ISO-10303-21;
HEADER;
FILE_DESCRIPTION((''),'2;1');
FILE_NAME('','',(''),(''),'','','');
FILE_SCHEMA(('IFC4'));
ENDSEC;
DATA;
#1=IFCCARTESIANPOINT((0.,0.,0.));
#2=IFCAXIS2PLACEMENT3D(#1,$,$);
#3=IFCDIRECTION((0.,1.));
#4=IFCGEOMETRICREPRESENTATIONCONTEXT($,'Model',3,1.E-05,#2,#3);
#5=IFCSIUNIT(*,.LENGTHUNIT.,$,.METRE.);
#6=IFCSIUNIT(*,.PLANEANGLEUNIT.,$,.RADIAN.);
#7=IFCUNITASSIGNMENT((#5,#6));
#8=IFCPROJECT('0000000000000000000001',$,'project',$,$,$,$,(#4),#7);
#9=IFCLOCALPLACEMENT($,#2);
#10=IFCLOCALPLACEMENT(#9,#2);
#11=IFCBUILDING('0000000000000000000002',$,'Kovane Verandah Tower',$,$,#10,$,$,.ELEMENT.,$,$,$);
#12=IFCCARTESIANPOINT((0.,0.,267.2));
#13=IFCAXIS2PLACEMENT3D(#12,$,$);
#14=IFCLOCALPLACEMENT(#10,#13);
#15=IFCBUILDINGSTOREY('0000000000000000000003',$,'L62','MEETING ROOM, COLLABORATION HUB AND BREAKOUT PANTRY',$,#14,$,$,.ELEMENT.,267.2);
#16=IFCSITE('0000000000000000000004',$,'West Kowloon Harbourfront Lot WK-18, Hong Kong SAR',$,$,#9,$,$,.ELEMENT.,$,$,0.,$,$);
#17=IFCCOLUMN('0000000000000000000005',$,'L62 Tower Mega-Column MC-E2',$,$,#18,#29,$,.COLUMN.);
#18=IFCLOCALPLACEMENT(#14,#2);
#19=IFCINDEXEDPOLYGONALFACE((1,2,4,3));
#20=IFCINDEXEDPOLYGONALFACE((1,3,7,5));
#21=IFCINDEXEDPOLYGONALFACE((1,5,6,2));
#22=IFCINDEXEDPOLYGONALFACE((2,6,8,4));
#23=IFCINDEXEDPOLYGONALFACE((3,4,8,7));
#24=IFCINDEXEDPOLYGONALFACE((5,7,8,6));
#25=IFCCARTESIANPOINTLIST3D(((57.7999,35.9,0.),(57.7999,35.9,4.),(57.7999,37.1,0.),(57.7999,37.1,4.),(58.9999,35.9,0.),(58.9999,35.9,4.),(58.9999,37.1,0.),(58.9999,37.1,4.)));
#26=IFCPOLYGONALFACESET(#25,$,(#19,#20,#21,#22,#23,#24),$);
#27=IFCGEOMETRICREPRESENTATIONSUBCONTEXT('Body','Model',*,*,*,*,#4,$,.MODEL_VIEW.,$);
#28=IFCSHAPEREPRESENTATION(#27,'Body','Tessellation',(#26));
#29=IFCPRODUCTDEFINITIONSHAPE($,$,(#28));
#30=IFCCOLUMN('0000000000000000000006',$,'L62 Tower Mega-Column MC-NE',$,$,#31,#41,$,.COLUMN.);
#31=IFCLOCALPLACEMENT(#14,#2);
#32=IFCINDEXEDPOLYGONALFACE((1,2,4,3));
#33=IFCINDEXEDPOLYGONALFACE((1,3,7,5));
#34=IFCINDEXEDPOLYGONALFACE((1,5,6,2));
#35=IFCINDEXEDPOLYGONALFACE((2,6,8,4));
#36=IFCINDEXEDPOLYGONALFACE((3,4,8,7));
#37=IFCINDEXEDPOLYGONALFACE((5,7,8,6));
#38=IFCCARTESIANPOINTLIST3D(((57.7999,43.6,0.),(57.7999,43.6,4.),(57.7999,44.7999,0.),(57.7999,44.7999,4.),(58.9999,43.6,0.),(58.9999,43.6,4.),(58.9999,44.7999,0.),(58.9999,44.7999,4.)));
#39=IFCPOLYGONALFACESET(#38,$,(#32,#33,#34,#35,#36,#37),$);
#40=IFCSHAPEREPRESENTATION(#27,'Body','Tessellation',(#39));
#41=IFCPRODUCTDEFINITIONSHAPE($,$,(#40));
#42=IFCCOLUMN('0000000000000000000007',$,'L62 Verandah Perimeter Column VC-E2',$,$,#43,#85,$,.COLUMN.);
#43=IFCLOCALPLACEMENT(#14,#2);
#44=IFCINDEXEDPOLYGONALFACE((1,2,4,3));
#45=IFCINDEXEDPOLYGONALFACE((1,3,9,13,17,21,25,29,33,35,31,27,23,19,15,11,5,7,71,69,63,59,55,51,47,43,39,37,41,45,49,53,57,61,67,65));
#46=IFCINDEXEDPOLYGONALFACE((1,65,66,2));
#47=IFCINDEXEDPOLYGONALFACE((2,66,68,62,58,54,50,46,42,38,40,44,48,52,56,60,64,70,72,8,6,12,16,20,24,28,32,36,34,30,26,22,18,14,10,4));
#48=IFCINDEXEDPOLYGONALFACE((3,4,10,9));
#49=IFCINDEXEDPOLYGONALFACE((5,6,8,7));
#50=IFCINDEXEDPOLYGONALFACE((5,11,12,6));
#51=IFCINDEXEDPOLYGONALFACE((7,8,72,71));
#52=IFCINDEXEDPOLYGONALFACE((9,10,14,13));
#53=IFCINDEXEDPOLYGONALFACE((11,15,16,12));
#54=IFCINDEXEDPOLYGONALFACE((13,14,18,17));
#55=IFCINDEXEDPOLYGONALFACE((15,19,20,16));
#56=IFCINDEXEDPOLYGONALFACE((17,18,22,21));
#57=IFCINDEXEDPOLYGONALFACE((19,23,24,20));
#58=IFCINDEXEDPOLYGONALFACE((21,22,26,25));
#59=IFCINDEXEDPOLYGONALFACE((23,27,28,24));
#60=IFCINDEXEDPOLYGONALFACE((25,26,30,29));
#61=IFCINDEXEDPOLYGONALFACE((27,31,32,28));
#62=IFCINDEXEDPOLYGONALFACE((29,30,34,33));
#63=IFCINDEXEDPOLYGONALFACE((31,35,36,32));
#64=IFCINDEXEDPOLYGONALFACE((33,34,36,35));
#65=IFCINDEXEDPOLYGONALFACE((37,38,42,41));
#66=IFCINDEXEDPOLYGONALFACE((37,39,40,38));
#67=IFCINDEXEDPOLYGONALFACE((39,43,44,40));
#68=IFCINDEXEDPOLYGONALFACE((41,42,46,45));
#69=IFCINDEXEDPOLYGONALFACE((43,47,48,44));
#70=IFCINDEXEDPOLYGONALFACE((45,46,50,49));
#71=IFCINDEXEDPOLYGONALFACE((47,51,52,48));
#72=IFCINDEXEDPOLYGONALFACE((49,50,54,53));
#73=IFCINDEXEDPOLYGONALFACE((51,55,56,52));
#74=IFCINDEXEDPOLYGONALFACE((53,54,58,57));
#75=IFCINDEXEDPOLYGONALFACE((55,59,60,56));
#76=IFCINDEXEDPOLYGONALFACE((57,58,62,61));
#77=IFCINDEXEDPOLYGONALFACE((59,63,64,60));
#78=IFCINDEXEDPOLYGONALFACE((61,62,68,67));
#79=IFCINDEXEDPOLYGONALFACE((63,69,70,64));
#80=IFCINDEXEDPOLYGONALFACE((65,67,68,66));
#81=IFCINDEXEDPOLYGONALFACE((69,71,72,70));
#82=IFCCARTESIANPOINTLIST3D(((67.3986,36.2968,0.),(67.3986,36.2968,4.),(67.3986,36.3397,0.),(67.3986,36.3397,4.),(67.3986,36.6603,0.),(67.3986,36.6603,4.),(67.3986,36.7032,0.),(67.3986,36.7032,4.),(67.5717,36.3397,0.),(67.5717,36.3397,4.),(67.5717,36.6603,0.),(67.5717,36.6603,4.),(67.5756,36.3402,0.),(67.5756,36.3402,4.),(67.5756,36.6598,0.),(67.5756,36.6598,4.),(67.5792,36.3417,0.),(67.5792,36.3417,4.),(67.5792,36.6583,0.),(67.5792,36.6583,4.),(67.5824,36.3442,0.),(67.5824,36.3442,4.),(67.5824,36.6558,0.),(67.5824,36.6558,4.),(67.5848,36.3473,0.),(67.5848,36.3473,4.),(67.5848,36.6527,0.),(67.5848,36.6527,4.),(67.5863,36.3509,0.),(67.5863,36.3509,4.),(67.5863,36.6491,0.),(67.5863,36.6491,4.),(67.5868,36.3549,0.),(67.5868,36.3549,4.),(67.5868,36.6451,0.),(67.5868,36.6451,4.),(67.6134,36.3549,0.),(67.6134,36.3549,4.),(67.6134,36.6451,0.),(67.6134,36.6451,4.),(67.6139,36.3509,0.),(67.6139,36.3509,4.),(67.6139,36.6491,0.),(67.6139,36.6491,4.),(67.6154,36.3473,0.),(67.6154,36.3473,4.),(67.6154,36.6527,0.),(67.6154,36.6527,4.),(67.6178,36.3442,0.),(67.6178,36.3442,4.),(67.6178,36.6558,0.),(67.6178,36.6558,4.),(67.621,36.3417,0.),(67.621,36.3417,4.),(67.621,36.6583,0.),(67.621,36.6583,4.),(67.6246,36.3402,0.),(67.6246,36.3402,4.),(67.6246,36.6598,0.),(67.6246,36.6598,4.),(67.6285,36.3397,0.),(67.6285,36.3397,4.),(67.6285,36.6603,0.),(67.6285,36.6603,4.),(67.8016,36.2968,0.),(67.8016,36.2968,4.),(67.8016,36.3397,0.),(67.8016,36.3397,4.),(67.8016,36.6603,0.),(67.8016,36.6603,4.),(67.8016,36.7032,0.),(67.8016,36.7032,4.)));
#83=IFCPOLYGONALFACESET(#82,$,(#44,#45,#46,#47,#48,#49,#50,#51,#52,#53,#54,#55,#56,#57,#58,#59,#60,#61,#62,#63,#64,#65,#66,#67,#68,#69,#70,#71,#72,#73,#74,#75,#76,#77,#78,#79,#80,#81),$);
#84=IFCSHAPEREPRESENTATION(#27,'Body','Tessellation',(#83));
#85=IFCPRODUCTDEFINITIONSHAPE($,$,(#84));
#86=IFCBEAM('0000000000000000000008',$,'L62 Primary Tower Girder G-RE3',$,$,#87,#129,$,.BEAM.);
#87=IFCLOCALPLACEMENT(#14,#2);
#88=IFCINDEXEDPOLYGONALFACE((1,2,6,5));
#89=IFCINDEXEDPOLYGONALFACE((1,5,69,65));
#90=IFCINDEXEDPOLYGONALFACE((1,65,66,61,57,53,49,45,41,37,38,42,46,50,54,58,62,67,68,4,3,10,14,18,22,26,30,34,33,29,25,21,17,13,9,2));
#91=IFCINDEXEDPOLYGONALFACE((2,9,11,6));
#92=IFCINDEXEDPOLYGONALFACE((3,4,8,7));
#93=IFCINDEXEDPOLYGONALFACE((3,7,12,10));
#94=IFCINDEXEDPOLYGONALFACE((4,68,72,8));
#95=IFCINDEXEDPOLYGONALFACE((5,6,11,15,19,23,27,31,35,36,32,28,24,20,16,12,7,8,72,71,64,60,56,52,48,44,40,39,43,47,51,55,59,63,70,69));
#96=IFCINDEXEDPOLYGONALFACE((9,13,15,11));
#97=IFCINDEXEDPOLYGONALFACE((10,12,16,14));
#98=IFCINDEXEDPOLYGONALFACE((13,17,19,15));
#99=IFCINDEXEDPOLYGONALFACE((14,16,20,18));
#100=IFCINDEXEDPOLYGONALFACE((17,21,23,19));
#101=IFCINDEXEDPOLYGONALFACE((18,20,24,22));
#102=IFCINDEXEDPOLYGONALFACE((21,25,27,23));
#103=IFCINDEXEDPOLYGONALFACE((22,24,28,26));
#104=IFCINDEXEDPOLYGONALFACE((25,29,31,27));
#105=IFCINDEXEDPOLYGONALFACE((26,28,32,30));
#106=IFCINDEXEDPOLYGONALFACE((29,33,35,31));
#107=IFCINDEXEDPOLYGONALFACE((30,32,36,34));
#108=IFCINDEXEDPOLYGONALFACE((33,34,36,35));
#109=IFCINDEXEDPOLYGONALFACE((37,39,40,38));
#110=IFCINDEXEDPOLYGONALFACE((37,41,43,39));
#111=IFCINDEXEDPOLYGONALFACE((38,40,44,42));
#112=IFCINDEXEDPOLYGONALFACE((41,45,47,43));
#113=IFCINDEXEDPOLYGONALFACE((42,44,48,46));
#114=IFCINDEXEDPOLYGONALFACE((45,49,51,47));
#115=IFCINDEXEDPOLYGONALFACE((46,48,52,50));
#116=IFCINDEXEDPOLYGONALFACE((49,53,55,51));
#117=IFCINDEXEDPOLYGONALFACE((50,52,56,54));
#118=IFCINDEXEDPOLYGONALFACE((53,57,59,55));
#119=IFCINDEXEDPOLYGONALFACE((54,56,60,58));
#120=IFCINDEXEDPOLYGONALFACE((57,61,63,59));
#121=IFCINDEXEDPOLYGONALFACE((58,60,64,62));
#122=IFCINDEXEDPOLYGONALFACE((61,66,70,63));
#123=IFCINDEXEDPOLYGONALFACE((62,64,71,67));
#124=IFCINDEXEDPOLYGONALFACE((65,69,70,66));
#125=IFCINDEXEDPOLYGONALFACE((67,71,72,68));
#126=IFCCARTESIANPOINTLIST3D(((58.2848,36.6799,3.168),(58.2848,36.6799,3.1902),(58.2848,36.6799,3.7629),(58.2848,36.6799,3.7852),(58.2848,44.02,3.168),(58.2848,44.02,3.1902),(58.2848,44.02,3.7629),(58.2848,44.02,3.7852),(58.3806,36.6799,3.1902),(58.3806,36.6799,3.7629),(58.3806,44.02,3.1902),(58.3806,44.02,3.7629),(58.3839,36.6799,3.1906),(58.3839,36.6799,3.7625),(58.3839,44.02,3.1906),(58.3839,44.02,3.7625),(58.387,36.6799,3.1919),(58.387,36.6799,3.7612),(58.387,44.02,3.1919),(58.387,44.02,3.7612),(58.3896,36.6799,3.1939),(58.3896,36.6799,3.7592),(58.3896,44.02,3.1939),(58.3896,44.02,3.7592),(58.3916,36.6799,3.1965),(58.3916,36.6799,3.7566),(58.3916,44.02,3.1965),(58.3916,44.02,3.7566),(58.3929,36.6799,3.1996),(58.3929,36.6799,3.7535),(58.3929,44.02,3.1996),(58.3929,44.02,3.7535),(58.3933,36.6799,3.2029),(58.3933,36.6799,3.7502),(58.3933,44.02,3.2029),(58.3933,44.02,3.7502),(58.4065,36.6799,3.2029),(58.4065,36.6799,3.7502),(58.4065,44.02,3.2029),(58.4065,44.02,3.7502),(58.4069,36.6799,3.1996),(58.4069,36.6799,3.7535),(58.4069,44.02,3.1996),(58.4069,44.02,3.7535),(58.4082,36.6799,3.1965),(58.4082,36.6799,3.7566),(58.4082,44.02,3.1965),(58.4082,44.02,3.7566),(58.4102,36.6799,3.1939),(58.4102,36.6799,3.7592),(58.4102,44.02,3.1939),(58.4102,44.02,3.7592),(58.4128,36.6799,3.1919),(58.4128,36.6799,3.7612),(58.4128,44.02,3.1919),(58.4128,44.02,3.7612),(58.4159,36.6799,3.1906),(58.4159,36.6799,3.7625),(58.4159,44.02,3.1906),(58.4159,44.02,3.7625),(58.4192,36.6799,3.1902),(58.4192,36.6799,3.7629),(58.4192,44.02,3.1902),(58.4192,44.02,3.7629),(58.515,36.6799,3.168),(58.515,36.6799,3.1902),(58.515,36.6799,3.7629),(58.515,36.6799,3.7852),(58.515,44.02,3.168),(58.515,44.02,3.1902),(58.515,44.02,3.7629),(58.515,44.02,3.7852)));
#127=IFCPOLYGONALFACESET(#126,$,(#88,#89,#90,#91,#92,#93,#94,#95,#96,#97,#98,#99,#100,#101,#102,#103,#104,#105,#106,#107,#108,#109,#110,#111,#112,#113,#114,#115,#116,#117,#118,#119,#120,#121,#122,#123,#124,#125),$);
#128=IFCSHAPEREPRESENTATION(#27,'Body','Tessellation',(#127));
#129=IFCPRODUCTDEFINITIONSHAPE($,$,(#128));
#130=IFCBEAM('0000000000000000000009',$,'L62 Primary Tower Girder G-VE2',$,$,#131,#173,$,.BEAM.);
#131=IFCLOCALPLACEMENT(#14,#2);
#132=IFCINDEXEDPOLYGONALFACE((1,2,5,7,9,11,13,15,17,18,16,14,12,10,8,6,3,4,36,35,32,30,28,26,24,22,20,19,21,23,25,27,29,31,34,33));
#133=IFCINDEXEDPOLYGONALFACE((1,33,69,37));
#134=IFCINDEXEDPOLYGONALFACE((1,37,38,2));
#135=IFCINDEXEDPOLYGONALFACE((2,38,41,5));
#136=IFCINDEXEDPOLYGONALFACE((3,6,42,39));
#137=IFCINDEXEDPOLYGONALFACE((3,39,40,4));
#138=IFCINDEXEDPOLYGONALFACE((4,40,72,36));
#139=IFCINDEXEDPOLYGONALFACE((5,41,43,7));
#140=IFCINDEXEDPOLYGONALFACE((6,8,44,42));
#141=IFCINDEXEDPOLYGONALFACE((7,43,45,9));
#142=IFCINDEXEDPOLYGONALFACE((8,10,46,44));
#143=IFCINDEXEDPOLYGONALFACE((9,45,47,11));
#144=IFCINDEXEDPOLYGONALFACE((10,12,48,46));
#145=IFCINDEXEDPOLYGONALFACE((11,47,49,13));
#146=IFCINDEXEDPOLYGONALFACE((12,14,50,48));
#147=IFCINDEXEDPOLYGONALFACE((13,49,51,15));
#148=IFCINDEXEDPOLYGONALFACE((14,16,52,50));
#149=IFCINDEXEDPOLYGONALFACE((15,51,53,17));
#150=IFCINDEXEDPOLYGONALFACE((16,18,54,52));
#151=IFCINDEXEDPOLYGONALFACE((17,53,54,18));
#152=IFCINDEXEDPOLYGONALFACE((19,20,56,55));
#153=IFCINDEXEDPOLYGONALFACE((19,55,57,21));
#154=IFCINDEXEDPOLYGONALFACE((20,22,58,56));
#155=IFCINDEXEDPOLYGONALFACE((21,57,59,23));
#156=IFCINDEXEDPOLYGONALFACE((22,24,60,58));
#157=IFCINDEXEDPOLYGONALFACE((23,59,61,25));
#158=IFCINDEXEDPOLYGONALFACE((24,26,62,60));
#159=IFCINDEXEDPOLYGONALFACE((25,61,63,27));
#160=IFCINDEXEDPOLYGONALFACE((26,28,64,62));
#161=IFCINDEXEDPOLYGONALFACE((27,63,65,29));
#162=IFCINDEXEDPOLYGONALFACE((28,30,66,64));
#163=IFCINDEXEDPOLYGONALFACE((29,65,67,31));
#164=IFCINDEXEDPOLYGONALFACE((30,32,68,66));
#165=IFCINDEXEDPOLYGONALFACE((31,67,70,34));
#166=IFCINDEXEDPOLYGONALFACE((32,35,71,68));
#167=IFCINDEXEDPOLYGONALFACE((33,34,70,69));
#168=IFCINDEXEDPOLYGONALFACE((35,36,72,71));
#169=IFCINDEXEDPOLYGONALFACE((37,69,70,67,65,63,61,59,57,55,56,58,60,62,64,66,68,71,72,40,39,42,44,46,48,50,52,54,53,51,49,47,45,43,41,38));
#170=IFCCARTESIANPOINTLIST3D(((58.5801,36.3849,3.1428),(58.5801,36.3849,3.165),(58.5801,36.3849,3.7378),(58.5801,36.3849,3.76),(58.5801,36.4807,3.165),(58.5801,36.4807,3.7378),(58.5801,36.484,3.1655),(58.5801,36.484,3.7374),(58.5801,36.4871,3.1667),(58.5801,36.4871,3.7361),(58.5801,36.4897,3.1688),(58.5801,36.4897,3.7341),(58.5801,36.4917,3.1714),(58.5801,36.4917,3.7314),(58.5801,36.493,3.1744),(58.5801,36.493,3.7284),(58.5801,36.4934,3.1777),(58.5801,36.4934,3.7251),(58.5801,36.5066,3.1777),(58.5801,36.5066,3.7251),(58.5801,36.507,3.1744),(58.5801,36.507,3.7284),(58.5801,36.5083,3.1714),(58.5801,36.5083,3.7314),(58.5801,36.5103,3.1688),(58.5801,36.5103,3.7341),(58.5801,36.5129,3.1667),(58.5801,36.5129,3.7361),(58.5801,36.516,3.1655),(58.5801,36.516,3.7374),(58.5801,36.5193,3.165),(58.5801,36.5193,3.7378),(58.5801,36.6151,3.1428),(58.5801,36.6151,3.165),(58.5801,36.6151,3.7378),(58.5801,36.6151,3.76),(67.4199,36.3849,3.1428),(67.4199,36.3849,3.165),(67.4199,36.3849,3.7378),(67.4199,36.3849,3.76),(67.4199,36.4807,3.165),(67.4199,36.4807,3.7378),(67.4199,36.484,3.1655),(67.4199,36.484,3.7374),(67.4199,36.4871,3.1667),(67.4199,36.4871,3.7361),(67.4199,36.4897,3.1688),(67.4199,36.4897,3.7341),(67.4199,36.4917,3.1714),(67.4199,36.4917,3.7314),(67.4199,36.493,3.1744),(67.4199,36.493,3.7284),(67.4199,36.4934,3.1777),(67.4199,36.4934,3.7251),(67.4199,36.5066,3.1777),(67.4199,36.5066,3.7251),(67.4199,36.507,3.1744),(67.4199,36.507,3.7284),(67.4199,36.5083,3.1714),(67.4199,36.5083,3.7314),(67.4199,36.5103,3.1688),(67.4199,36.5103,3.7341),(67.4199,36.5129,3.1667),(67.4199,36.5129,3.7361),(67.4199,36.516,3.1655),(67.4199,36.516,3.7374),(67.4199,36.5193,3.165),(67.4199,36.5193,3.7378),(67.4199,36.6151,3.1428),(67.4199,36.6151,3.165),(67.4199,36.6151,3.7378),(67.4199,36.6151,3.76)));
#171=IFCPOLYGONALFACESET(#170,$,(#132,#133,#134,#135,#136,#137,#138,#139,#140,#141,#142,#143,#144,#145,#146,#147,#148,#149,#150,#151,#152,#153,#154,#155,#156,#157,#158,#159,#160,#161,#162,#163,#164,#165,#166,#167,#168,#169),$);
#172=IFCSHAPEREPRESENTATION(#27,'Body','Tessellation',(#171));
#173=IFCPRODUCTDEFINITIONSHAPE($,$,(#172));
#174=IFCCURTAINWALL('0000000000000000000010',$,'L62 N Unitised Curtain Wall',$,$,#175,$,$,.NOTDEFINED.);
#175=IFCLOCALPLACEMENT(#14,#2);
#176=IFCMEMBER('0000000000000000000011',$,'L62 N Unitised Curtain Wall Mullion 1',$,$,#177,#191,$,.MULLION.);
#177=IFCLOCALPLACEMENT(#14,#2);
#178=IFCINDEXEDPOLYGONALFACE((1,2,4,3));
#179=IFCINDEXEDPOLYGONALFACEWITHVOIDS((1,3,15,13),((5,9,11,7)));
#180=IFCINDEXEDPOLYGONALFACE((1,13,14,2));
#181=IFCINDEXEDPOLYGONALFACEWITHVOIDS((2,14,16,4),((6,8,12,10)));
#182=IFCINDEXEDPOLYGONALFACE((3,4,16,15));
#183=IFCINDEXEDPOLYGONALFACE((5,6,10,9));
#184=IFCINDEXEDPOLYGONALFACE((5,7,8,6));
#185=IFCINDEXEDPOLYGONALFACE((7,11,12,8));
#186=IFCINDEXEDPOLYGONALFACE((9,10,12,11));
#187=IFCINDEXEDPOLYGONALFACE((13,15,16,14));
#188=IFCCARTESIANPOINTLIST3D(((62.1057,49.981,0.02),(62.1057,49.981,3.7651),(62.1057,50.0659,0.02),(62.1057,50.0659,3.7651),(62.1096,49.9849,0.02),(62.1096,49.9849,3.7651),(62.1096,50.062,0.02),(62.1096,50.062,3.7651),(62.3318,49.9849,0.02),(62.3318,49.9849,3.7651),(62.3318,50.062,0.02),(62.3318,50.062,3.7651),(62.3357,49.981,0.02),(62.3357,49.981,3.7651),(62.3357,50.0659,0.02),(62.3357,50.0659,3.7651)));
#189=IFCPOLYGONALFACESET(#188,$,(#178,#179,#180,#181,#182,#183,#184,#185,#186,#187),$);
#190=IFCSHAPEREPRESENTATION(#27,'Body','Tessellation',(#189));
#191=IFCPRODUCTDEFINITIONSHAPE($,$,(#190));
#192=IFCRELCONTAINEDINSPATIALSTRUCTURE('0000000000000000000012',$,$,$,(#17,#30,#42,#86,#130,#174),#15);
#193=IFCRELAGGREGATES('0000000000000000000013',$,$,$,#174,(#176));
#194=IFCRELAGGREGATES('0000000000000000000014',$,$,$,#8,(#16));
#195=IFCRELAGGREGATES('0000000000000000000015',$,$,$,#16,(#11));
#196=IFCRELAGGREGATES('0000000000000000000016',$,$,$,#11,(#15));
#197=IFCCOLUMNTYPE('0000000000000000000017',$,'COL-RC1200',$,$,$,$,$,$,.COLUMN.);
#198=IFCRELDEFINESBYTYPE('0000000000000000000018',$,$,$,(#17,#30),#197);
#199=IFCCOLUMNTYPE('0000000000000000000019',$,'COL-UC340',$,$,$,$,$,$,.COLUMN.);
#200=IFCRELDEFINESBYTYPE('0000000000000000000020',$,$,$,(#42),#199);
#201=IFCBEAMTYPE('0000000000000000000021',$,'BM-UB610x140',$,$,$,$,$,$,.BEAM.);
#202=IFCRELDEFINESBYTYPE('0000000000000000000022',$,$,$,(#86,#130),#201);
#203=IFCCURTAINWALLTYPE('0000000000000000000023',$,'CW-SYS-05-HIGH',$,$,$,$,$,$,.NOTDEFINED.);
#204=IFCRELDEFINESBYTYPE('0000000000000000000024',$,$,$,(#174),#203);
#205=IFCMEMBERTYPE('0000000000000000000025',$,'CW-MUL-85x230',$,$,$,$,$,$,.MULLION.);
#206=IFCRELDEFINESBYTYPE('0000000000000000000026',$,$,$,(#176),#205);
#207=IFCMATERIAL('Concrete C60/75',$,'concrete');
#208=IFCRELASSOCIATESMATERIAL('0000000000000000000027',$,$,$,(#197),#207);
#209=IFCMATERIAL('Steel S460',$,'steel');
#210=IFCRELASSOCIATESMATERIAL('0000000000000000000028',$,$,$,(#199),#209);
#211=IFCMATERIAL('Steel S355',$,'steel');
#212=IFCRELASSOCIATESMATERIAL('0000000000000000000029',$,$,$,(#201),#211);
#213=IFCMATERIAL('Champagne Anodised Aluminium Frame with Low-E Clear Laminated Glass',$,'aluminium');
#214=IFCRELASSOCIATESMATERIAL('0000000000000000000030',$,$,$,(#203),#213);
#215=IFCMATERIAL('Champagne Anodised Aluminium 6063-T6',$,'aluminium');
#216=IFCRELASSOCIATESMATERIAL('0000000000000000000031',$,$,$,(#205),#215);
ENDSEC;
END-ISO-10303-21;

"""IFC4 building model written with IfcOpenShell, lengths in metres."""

from ifc_helpers import new_model, si_unit, direction, frame, origin, origin_2d, place, context, subcontext, project, spatial, rectangle, hollow_rectangle, i_section, extrude, material, material_profile, profile_set, type_object, element, aggregate, save


model = new_model("IFC4")

# Units and contexts
model_context = context("Model", 3, precision=1e-05, world=origin(), true_north=direction((0.0, 1.0)))
body_context = subcontext(model_context, "Body", "Model", "MODEL_VIEW")
ifc_project = project(units=[si_unit("LENGTHUNIT", "METRE"), si_unit("PLANEANGLEUNIT", "RADIAN")], contexts=[model_context])

# Site, building, storey
site_placement = place(None, origin())
site = spatial("IfcSite", under=ifc_project, at=site_placement, Name="West Kowloon Harbourfront Lot WK-18, Hong Kong SAR", CompositionType="ELEMENT", RefElevation=0.0)
building_placement = place(site_placement, origin())
building = spatial("IfcBuilding", under=site, at=building_placement, Name="Kovane Verandah Tower", CompositionType="ELEMENT")
storey_placement = place(building_placement, frame((0.0, 0.0, 267.2)))
storey = spatial("IfcBuildingStorey", under=building, at=storey_placement, Name="L62", Description="MEETING ROOM, COLLABORATION HUB AND BREAKOUT PANTRY", CompositionType="ELEMENT", Elevation=267.2)

# Columns
ifc_material_1 = material(Name="Concrete C60/75", Category="concrete")
ifc_material_profile_1 = material_profile(ifc_material_1, rectangle(XDim=1.2, YDim=1.2, at=origin_2d()), Name="RC1200x1200")
ifc_profile_set_1 = profile_set([ifc_material_profile_1], Name="Concrete C60/75")
column_type_1 = type_object("IfcColumnType", Name="COL-RC1200", PredefinedType="COLUMN", material=ifc_profile_set_1)
for number, where, z_axis, x_axis, name in (
    (1, (58.3999, 36.5, 0.0), (0.0, 0.0, 1.0), (1.0, 0.0, 0.0), "L62 Tower Mega-Column MC-E2"),
    (2, (58.3999, 44.2, 0.0), (0.0, 0.0, 1.0), (1.0, 0.0, 0.0), "L62 Tower Mega-Column MC-NE"),
):
    element("IfcColumn", number, at=place(storey_placement, frame(where, z_axis=z_axis, x_axis=x_axis)), inside=storey, type_object=column_type_1, Name=name, PredefinedType="COLUMN", context=body_context, shape_type="SweptSolid", body=[
        extrude(rectangle(XDim=1.2, YDim=1.2, at=origin_2d()), origin(), (0.0, 0.0, 1.0), 4.0),
    ])
ifc_material_2 = material(Name="Steel S460", Category="steel")
ifc_material_profile_2 = material_profile(ifc_material_2, i_section(OverallWidth=0.4031, OverallDepth=0.4065, WebThickness=0.0266, FlangeThickness=0.043, FilletRadius=0.0151, at=origin_2d()), Name="UC356x406x340")
ifc_profile_set_2 = profile_set([ifc_material_profile_2], Name="Steel S460")
column_type_2 = type_object("IfcColumnType", Name="COL-UC340", PredefinedType="COLUMN", material=ifc_profile_set_2)
column_placement = place(storey_placement, frame((67.6001, 36.5, 0.0), z_axis=(0.0, 0.0, 1.0), x_axis=(1.0, 0.0, 0.0)))
element("IfcColumn", 3, at=column_placement, inside=storey, type_object=column_type_2, Name="L62 Verandah Perimeter Column VC-E2", PredefinedType="COLUMN", context=body_context, shape_type="SweptSolid", body=[
    extrude(i_section(OverallWidth=0.4031, OverallDepth=0.4065, WebThickness=0.0266, FlangeThickness=0.043, FilletRadius=0.0151, at=origin_2d()), origin(), (0.0, 0.0, 1.0), 4.0),
])

# Beams
ifc_material_3 = material(Name="Steel S355", Category="steel")
ifc_material_profile_3 = material_profile(ifc_material_3, i_section(OverallWidth=0.2302, OverallDepth=0.6172, WebThickness=0.0132, FlangeThickness=0.0222, FilletRadius=0.0127, at=origin_2d()), Name="UB610x229x140")
ifc_profile_set_3 = profile_set([ifc_material_profile_3], Name="Steel S355")
beam_type_1 = type_object("IfcBeamType", Name="BM-UB610x140", PredefinedType="BEAM", material=ifc_profile_set_3)
beam_1_placement = place(storey_placement, frame((58.3999, 36.6799, 3.4766), z_axis=(0.0, 1.0, 0.0), x_axis=(-1.0, 0.0, 0.0)))
element("IfcBeam", 4, at=beam_1_placement, inside=storey, type_object=beam_type_1, Name="L62 Primary Tower Girder G-RE3", PredefinedType="BEAM", context=body_context, shape_type="SweptSolid", body=[
    extrude(i_section(OverallWidth=0.2302, OverallDepth=0.6172, WebThickness=0.0132, FlangeThickness=0.0222, FilletRadius=0.0127, at=origin_2d()), origin(), (0.0, 0.0, 1.0), 7.3401),
])
beam_2_placement = place(storey_placement, frame((58.5801, 36.5, 3.4514), z_axis=(1.0, 0.0, 0.0), x_axis=(0.0, 1.0, 0.0)))
element("IfcBeam", 5, at=beam_2_placement, inside=storey, type_object=beam_type_1, Name="L62 Primary Tower Girder G-VE2", PredefinedType="BEAM", context=body_context, shape_type="SweptSolid", body=[
    extrude(i_section(OverallWidth=0.2302, OverallDepth=0.6172, WebThickness=0.0132, FlangeThickness=0.0222, FilletRadius=0.0127, at=origin_2d()), origin(), (0.0, 0.0, 1.0), 8.8398),
])

# Curtain wall, member
ifc_material_4 = material(Name="Champagne Anodised Aluminium Frame with Low-E Clear Laminated Glass", Category="aluminium")
curtain_wall_type = type_object("IfcCurtainWallType", Name="CW-SYS-05-HIGH", PredefinedType="NOTDEFINED", material=ifc_material_4)
curtain_wall_placement = place(storey_placement, origin())
curtain_wall = element("IfcCurtainWall", 6, at=curtain_wall_placement, inside=storey, type_object=curtain_wall_type, Name="L62 N Unitised Curtain Wall", PredefinedType="NOTDEFINED")
ifc_material_5 = material(Name="Champagne Anodised Aluminium 6063-T6", Category="aluminium")
ifc_material_profile_4 = material_profile(ifc_material_5, hollow_rectangle(XDim=0.085, YDim=0.23, WallThickness=0.0039, at=origin_2d()), Name="AL85x230x4")
ifc_profile_set_4 = profile_set([ifc_material_profile_4], Name="Champagne Anodised Aluminium 6063-T6")
member_type_1 = type_object("IfcMemberType", Name="CW-MUL-85x230", PredefinedType="MULLION", material=ifc_profile_set_4)
member_1_placement = place(storey_placement, frame((62.2207, 50.0234, 0.02), z_axis=(0.0, 0.0, 1.0), x_axis=(0.0, 1.0, 0.0)))
member_1 = element("IfcMember", 7, at=member_1_placement, type_object=member_type_1, Name="L62 N Unitised Curtain Wall Mullion 1", PredefinedType="MULLION", context=body_context, shape_type="SweptSolid", body=[
    extrude(hollow_rectangle(XDim=0.085, YDim=0.23, WallThickness=0.0039, at=origin_2d()), origin(), (0.0, 0.0, 1.0), 3.7451),
])

aggregate(curtain_wall, [member_1])

save(model, "model.ifc")
